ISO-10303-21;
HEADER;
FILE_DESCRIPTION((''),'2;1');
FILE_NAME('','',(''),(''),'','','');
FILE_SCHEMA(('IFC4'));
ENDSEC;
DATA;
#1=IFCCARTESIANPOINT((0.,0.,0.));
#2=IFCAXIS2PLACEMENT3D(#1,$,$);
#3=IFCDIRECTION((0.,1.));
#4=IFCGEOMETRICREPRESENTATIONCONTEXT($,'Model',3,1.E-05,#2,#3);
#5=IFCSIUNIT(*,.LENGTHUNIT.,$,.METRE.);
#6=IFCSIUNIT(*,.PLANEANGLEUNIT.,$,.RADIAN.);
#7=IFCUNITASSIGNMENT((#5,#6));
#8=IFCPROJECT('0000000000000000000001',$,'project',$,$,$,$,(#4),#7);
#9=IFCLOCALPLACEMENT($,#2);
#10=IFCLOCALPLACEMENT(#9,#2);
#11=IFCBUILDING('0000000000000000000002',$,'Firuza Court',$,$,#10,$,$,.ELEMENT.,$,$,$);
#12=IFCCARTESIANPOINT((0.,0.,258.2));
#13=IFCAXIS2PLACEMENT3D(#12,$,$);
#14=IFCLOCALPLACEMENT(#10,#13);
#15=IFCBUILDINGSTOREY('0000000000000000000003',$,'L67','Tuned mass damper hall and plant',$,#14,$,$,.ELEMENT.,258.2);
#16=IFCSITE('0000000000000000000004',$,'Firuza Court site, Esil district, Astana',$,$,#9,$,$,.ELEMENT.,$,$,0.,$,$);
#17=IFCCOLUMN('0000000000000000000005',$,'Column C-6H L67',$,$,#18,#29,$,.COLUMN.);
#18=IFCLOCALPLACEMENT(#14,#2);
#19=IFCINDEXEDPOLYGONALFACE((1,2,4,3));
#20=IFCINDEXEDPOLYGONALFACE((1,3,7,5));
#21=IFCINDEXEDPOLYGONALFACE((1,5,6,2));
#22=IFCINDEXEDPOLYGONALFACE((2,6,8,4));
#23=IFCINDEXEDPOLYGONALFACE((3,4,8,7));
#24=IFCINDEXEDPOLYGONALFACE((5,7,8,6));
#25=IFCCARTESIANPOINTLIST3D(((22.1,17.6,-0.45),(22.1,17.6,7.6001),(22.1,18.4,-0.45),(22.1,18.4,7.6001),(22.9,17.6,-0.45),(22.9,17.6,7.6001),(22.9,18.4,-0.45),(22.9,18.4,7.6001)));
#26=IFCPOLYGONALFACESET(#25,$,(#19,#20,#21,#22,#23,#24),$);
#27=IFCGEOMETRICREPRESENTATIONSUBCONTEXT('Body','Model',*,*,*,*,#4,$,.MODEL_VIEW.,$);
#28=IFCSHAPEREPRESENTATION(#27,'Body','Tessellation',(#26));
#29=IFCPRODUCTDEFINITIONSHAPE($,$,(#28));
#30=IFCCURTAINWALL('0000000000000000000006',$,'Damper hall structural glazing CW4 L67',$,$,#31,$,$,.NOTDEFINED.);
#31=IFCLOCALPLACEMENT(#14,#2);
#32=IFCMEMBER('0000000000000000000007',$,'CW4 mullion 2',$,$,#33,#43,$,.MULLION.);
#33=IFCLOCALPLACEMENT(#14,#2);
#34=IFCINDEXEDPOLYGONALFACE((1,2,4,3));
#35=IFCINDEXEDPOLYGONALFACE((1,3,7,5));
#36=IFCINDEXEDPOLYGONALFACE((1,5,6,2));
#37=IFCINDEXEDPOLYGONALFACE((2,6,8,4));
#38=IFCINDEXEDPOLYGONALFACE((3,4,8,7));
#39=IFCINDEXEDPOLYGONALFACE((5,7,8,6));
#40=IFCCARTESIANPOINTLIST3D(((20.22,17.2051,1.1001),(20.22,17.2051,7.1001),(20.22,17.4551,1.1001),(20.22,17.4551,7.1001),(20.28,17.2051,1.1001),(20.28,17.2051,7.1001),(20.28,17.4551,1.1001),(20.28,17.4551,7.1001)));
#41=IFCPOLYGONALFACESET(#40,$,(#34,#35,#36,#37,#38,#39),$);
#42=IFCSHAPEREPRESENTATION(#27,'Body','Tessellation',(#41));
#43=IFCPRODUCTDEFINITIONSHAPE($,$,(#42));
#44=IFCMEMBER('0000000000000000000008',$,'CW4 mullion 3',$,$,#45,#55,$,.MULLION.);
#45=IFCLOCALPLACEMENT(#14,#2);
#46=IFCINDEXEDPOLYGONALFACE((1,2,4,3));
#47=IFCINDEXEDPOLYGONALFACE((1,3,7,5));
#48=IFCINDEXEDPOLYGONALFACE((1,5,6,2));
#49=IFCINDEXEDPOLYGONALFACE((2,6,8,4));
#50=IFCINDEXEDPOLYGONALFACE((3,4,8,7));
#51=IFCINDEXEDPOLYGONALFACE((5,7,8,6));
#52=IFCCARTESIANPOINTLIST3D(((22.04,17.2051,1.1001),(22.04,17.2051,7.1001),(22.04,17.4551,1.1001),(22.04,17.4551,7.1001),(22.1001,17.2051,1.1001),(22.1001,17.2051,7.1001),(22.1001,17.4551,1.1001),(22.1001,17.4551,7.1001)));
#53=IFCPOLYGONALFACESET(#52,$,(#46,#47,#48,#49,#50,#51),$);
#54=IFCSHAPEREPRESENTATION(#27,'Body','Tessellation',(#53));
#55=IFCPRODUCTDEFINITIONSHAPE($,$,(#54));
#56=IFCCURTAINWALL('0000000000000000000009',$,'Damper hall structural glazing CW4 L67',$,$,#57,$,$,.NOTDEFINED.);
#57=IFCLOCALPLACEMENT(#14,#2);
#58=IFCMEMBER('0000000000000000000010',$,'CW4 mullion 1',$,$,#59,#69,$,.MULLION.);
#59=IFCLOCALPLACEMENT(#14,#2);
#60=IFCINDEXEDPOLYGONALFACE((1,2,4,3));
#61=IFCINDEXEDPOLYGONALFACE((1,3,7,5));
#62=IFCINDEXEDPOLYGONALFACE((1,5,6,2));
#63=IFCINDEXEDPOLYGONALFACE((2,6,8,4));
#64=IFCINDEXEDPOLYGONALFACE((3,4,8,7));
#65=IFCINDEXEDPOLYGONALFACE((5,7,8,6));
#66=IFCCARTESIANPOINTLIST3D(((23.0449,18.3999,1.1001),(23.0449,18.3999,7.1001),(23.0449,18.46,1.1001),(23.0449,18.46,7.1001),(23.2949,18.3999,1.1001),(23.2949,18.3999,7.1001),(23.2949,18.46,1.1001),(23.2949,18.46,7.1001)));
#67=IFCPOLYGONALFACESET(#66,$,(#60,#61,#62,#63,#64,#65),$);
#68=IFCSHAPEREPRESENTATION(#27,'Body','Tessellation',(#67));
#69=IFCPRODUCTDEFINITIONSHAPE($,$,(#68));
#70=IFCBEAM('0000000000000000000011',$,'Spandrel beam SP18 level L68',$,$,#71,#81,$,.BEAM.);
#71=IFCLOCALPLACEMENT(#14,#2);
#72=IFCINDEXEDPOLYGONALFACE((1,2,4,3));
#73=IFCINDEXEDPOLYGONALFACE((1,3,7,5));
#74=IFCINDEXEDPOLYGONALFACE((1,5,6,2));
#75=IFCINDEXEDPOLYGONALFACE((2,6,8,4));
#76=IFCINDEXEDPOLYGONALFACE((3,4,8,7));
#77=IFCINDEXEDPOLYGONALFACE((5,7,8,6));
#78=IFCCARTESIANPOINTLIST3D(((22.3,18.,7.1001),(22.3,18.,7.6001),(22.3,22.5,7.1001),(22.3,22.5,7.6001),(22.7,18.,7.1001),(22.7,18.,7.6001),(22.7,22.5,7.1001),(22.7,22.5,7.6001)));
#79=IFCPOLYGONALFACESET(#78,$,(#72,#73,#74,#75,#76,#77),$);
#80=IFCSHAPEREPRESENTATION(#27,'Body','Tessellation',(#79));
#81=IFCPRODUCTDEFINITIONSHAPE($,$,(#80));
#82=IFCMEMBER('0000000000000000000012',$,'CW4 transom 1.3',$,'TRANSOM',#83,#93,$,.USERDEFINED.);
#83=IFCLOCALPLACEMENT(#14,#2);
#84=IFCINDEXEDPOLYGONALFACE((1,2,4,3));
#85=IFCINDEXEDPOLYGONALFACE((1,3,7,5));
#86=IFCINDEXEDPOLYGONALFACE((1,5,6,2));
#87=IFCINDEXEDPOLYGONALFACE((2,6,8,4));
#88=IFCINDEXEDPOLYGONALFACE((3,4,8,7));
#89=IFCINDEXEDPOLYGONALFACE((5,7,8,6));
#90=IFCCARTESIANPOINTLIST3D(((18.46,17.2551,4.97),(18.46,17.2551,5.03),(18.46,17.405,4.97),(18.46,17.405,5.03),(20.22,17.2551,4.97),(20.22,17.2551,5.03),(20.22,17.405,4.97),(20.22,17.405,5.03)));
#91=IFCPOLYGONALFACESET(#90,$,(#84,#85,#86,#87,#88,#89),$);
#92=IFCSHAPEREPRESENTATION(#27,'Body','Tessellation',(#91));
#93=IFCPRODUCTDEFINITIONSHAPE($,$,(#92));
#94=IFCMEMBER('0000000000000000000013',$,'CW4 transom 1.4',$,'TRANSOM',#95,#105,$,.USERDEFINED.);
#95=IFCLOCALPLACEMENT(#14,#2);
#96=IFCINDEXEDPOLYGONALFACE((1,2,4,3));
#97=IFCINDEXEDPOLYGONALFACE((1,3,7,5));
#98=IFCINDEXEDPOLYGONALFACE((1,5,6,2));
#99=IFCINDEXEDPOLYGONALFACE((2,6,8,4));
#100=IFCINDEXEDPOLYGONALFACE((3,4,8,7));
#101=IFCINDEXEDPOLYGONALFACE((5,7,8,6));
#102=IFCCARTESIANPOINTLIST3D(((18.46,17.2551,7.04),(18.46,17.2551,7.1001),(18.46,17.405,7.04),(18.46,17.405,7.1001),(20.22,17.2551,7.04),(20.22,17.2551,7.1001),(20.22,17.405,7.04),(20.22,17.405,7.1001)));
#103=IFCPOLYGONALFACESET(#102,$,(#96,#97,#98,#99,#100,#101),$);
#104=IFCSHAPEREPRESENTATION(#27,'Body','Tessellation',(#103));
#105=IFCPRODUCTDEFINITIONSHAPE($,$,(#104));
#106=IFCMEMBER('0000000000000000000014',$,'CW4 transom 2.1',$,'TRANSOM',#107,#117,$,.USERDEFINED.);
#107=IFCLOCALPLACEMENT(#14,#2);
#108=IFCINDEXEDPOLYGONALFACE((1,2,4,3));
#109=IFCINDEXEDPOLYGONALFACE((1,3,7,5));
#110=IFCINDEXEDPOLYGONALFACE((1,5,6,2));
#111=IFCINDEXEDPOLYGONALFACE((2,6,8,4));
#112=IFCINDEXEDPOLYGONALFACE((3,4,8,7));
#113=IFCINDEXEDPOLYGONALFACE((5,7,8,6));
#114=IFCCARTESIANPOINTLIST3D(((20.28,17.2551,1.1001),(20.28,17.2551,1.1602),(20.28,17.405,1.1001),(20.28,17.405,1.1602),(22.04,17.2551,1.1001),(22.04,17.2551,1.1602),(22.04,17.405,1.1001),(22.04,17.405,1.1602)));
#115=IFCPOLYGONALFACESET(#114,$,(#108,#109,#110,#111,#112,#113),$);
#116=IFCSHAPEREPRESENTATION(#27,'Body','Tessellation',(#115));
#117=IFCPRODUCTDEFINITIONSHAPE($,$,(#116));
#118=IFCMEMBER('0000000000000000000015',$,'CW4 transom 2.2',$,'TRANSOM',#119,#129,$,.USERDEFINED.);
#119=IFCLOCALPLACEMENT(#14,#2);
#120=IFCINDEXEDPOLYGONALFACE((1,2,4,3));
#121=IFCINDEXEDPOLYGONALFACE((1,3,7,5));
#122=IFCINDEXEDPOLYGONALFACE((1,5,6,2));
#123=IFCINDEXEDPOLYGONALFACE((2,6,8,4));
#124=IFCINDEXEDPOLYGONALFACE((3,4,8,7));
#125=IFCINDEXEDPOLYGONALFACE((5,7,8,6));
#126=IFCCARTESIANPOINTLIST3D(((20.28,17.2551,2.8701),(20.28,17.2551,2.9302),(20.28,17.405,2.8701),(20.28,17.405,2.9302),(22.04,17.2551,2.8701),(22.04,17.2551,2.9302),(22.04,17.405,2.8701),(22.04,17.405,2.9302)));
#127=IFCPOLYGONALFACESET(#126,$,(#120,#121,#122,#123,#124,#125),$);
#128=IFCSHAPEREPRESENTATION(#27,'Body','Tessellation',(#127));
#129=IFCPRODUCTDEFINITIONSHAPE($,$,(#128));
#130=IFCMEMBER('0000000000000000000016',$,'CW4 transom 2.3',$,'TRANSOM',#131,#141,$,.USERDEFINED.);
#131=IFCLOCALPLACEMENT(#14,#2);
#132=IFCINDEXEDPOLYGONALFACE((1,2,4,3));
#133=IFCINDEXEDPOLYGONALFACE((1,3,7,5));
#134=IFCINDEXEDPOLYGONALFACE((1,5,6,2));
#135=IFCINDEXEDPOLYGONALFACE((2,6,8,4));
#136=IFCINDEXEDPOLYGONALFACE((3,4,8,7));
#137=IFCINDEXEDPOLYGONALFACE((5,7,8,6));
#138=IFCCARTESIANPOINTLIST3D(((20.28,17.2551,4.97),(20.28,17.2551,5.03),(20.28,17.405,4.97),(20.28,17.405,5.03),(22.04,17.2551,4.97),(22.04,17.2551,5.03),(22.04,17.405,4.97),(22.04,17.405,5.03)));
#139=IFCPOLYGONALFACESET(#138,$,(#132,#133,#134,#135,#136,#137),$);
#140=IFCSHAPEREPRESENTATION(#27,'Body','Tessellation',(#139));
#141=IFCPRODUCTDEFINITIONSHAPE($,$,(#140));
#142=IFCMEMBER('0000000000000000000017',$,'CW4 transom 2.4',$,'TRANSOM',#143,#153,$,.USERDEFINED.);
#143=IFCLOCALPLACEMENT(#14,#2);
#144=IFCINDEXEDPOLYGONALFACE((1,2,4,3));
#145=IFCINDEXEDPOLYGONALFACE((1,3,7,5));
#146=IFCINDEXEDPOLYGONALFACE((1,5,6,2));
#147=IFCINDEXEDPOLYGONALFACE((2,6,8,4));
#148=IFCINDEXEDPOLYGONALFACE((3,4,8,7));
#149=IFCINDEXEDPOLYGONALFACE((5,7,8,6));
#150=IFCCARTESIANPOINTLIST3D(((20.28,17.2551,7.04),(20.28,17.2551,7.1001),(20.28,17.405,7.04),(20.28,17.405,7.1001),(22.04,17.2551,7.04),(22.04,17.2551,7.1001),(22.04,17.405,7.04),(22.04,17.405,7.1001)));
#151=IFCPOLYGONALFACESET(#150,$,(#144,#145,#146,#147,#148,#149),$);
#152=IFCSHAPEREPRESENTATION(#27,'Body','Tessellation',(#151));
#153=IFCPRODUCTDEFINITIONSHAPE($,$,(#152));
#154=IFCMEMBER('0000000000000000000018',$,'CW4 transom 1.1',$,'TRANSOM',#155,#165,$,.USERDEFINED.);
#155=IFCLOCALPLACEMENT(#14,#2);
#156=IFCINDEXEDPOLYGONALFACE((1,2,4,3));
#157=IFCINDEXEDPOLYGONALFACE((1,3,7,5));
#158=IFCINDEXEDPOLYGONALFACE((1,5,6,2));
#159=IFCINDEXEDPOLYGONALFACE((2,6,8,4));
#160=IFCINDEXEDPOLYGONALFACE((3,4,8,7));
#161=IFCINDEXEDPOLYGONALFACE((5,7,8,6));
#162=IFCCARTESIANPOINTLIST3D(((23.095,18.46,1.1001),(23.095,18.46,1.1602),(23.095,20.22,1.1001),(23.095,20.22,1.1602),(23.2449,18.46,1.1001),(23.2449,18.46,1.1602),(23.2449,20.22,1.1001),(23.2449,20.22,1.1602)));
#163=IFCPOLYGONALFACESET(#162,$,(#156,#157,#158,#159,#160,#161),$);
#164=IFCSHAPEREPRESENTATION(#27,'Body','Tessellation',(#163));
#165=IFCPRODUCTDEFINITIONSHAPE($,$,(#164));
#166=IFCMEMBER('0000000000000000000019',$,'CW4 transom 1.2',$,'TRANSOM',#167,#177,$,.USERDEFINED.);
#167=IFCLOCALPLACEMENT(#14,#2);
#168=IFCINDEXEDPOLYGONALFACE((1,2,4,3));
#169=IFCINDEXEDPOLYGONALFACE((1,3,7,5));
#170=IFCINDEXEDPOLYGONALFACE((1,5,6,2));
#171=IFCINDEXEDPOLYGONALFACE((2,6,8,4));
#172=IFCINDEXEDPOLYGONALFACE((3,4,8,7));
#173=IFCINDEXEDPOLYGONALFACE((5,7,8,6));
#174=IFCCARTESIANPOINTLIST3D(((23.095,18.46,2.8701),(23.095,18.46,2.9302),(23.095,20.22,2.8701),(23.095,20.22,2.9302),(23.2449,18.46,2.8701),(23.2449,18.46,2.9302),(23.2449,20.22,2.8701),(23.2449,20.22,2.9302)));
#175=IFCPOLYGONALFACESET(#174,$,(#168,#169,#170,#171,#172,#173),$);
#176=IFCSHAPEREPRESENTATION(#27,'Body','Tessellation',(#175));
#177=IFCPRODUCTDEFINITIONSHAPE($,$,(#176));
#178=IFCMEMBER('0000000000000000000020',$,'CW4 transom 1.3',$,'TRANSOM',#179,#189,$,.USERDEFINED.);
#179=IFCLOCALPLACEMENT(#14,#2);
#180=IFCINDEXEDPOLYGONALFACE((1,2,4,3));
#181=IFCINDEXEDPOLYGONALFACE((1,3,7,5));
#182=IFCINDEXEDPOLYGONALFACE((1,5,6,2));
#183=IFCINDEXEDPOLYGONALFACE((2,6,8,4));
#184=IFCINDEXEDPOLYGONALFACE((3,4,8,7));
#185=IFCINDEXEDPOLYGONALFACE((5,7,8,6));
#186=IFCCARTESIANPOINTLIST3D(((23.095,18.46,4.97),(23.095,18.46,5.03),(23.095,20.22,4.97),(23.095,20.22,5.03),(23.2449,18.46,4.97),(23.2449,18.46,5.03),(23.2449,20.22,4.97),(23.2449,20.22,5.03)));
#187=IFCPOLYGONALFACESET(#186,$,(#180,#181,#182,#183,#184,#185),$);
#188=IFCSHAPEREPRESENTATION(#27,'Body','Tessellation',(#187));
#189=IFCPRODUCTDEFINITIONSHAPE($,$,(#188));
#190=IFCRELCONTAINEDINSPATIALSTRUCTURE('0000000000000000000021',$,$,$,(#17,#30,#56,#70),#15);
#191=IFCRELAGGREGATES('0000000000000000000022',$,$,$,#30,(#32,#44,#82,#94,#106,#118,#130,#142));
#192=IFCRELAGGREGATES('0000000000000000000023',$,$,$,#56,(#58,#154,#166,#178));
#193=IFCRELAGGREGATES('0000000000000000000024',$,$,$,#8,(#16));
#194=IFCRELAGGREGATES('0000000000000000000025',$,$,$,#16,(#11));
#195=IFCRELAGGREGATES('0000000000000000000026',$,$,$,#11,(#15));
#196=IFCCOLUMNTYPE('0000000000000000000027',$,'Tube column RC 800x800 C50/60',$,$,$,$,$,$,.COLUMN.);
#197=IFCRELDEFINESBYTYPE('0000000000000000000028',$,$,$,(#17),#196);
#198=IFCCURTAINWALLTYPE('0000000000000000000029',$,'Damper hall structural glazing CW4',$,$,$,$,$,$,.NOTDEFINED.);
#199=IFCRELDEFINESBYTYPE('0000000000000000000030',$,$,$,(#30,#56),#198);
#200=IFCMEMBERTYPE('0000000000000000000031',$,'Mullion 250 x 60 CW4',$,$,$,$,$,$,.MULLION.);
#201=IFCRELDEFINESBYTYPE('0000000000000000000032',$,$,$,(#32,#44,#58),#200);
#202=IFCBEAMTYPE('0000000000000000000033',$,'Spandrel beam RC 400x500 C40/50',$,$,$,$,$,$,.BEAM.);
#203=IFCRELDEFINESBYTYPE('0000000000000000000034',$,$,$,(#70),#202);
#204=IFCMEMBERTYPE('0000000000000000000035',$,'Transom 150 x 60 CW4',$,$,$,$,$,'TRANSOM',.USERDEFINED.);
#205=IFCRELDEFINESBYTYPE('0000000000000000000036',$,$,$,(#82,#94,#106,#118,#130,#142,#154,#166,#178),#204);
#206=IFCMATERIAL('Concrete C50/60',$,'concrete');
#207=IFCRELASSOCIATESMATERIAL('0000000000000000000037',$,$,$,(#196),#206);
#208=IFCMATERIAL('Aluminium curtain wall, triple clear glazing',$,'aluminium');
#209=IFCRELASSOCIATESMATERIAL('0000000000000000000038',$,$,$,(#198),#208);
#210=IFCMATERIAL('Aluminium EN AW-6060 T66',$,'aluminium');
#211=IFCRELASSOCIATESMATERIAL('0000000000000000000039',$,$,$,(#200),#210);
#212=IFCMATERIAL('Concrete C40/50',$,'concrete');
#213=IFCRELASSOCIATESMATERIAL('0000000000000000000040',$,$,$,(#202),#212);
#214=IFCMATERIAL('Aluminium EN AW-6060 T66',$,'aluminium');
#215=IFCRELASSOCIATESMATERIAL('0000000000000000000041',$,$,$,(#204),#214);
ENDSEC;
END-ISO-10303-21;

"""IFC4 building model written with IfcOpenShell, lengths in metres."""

from ifc_helpers import new_model, si_unit, direction, frame, origin, origin_2d, place, context, subcontext, project, spatial, rectangle, extrude, material, material_profile, profile_set, type_object, element, aggregate, save


model = new_model("IFC4")

# Units and contexts
model_context = context("Model", 3, precision=1e-05, world=origin(), true_north=direction((0.0, 1.0)))
body_context = subcontext(model_context, "Body", "Model", "MODEL_VIEW")
ifc_project = project(units=[si_unit("LENGTHUNIT", "METRE"), si_unit("PLANEANGLEUNIT", "RADIAN")], contexts=[model_context])

# Site, building, storey
site_placement = place(None, origin())
site = spatial("IfcSite", under=ifc_project, at=site_placement, Name="Firuza Court site, Esil district, Astana", CompositionType="ELEMENT", RefElevation=0.0)
building_placement = place(site_placement, origin())
building = spatial("IfcBuilding", under=site, at=building_placement, Name="Firuza Court", CompositionType="ELEMENT")
storey_placement = place(building_placement, frame((0.0, 0.0, 258.2)))
storey = spatial("IfcBuildingStorey", under=building, at=storey_placement, Name="L67", Description="Tuned mass damper hall and plant", CompositionType="ELEMENT", Elevation=258.2)

# Column
ifc_material_1 = material(Name="Concrete C50/60", Category="concrete")
ifc_material_profile_1 = material_profile(ifc_material_1, rectangle(XDim=0.8, YDim=0.8, at=origin_2d()), Name="RC 800x800")
ifc_profile_set_1 = profile_set([ifc_material_profile_1], Name="Concrete C50/60")
column_type = type_object("IfcColumnType", Name="Tube column RC 800x800 C50/60", PredefinedType="COLUMN", material=ifc_profile_set_1)
column_placement = place(storey_placement, frame((22.5, 18.0, -0.45), z_axis=(0.0, 0.0, 1.0), x_axis=(1.0, 0.0, 0.0)))
element("IfcColumn", 1, at=column_placement, inside=storey, type_object=column_type, Name="Column C-6H L67", PredefinedType="COLUMN", context=body_context, shape_type="SweptSolid", body=[
    extrude(rectangle(XDim=0.8, YDim=0.8, at=origin_2d()), origin(), (0.0, 0.0, 1.0), 8.05),
])

# Curtain wall, members
ifc_material_2 = material(Name="Aluminium curtain wall, triple clear glazing", Category="aluminium")
curtain_wall_type = type_object("IfcCurtainWallType", Name="Damper hall structural glazing CW4", PredefinedType="NOTDEFINED", material=ifc_material_2)
curtain_wall_1_placement = place(storey_placement, origin())
curtain_wall_1 = element("IfcCurtainWall", 2, at=curtain_wall_1_placement, inside=storey, type_object=curtain_wall_type, Name="Damper hall structural glazing CW4 L67", PredefinedType="NOTDEFINED")
ifc_material_3 = material(Name="Aluminium EN AW-6060 T66", Category="aluminium")
ifc_material_profile_2 = material_profile(ifc_material_3, rectangle(XDim=0.25, YDim=0.0601, at=origin_2d()), Name="Mullion 250 x 60 CW4")
ifc_profile_set_2 = profile_set([ifc_material_profile_2], Name="Aluminium EN AW-6060 T66")
member_type_1 = type_object("IfcMemberType", Name="Mullion 250 x 60 CW4", PredefinedType="MULLION", material=ifc_profile_set_2)
member_1_placement = place(storey_placement, frame((20.25, 17.3301, 1.1001), z_axis=(0.0, 0.0, 1.0), x_axis=(0.0, 1.0, 0.0)))
member_1 = element("IfcMember", 3, at=member_1_placement, type_object=member_type_1, Name="CW4 mullion 2", PredefinedType="MULLION", context=body_context, shape_type="SweptSolid", body=[
    extrude(rectangle(XDim=0.25, YDim=0.0601, at=origin_2d()), origin(), (0.0, 0.0, 1.0), 6.0),
])
member_2_placement = place(storey_placement, frame((22.0701, 17.3301, 1.1001), z_axis=(0.0, 0.0, 1.0), x_axis=(0.0, 1.0, 0.0)))
member_2 = element("IfcMember", 4, at=member_2_placement, type_object=member_type_1, Name="CW4 mullion 3", PredefinedType="MULLION", context=body_context, shape_type="SweptSolid", body=[
    extrude(rectangle(XDim=0.25, YDim=0.0601, at=origin_2d()), origin(), (0.0, 0.0, 1.0), 6.0),
])

# Curtain wall, member
curtain_wall_2_placement = place(storey_placement, origin())
curtain_wall_2 = element("IfcCurtainWall", 5, at=curtain_wall_2_placement, inside=storey, type_object=curtain_wall_type, Name="Damper hall structural glazing CW4 L67", PredefinedType="NOTDEFINED")
member_3_placement = place(storey_placement, frame((23.1699, 18.4299, 1.1001), z_axis=(0.0, 0.0, 1.0), x_axis=(-1.0, 0.0, 0.0)))
member_3 = element("IfcMember", 6, at=member_3_placement, type_object=member_type_1, Name="CW4 mullion 1", PredefinedType="MULLION", context=body_context, shape_type="SweptSolid", body=[
    extrude(rectangle(XDim=0.25, YDim=0.0601, at=origin_2d()), origin(), (0.0, 0.0, 1.0), 6.0),
])

# Beam
ifc_material_4 = material(Name="Concrete C40/50", Category="concrete")
ifc_material_profile_3 = material_profile(ifc_material_4, rectangle(XDim=0.3999, YDim=0.5, at=origin_2d()), Name="RC 400x500")
ifc_profile_set_3 = profile_set([ifc_material_profile_3], Name="Concrete C40/50")
beam_type = type_object("IfcBeamType", Name="Spandrel beam RC 400x500 C40/50", PredefinedType="BEAM", material=ifc_profile_set_3)
beam_placement = place(storey_placement, frame((22.5, 18.0, 7.3501), z_axis=(0.0, 1.0, 0.0), x_axis=(-1.0, 0.0, 0.0)))
element("IfcBeam", 7, at=beam_placement, inside=storey, type_object=beam_type, Name="Spandrel beam SP18 level L68", PredefinedType="BEAM", context=body_context, shape_type="SweptSolid", body=[
    extrude(rectangle(XDim=0.3999, YDim=0.5, at=origin_2d()), origin(), (0.0, 0.0, 1.0), 4.5),
])

# Members
ifc_material_5 = material(Name="Aluminium EN AW-6060 T66", Category="aluminium")
ifc_material_profile_4 = material_profile(ifc_material_5, rectangle(XDim=0.1499, YDim=0.0601, at=origin_2d()), Name="Transom 150 x 60 CW4")
ifc_profile_set_4 = profile_set([ifc_material_profile_4], Name="Aluminium EN AW-6060 T66")
member_type_2 = type_object("IfcMemberType", Name="Transom 150 x 60 CW4", ElementType="TRANSOM", PredefinedType="USERDEFINED", material=ifc_profile_set_4)
member_4_placement = place(storey_placement, frame((18.46, 17.3301, 5.0), z_axis=(1.0, 0.0, 0.0), x_axis=(0.0, 1.0, 0.0)))
member_4 = element("IfcMember", 8, at=member_4_placement, type_object=member_type_2, Name="CW4 transom 1.3", ObjectType="TRANSOM", PredefinedType="USERDEFINED", context=body_context, shape_type="SweptSolid", body=[
    extrude(rectangle(XDim=0.1499, YDim=0.0601, at=origin_2d()), origin(), (0.0, 0.0, 1.0), 1.76),
])
member_5_placement = place(storey_placement, frame((18.46, 17.3301, 7.0701), z_axis=(1.0, 0.0, 0.0), x_axis=(0.0, 1.0, 0.0)))
member_5 = element("IfcMember", 9, at=member_5_placement, type_object=member_type_2, Name="CW4 transom 1.4", ObjectType="TRANSOM", PredefinedType="USERDEFINED", context=body_context, shape_type="SweptSolid", body=[
    extrude(rectangle(XDim=0.1499, YDim=0.0601, at=origin_2d()), origin(), (0.0, 0.0, 1.0), 1.76),
])
member_6_placement = place(storey_placement, frame((20.28, 17.3301, 1.1301), z_axis=(1.0, 0.0, 0.0), x_axis=(0.0, 1.0, 0.0)))
member_6 = element("IfcMember", 10, at=member_6_placement, type_object=member_type_2, Name="CW4 transom 2.1", ObjectType="TRANSOM", PredefinedType="USERDEFINED", context=body_context, shape_type="SweptSolid", body=[
    extrude(rectangle(XDim=0.1499, YDim=0.0601, at=origin_2d()), origin(), (0.0, 0.0, 1.0), 1.76),
])
member_7_placement = place(storey_placement, frame((20.28, 17.3301, 2.9001), z_axis=(1.0, 0.0, 0.0), x_axis=(0.0, 1.0, 0.0)))
member_7 = element("IfcMember", 11, at=member_7_placement, type_object=member_type_2, Name="CW4 transom 2.2", ObjectType="TRANSOM", PredefinedType="USERDEFINED", context=body_context, shape_type="SweptSolid", body=[
    extrude(rectangle(XDim=0.1499, YDim=0.0601, at=origin_2d()), origin(), (0.0, 0.0, 1.0), 1.76),
])
member_8_placement = place(storey_placement, frame((20.28, 17.3301, 5.0), z_axis=(1.0, 0.0, 0.0), x_axis=(0.0, 1.0, 0.0)))
member_8 = element("IfcMember", 12, at=member_8_placement, type_object=member_type_2, Name="CW4 transom 2.3", ObjectType="TRANSOM", PredefinedType="USERDEFINED", context=body_context, shape_type="SweptSolid", body=[
    extrude(rectangle(XDim=0.1499, YDim=0.0601, at=origin_2d()), origin(), (0.0, 0.0, 1.0), 1.76),
])
member_9_placement = place(storey_placement, frame((20.28, 17.3301, 7.0701), z_axis=(1.0, 0.0, 0.0), x_axis=(0.0, 1.0, 0.0)))
member_9 = element("IfcMember", 13, at=member_9_placement, type_object=member_type_2, Name="CW4 transom 2.4", ObjectType="TRANSOM", PredefinedType="USERDEFINED", context=body_context, shape_type="SweptSolid", body=[
    extrude(rectangle(XDim=0.1499, YDim=0.0601, at=origin_2d()), origin(), (0.0, 0.0, 1.0), 1.76),
])
member_10_placement = place(storey_placement, frame((23.1699, 18.46, 1.1301), z_axis=(0.0, 1.0, 0.0), x_axis=(-1.0, 0.0, 0.0)))
member_10 = element("IfcMember", 14, at=member_10_placement, type_object=member_type_2, Name="CW4 transom 1.1", ObjectType="TRANSOM", PredefinedType="USERDEFINED", context=body_context, shape_type="SweptSolid", body=[
    extrude(rectangle(XDim=0.1499, YDim=0.0601, at=origin_2d()), origin(), (0.0, 0.0, 1.0), 1.76),
])
member_11_placement = place(storey_placement, frame((23.1699, 18.46, 2.9001), z_axis=(0.0, 1.0, 0.0), x_axis=(-1.0, 0.0, 0.0)))
member_11 = element("IfcMember", 15, at=member_11_placement, type_object=member_type_2, Name="CW4 transom 1.2", ObjectType="TRANSOM", PredefinedType="USERDEFINED", context=body_context, shape_type="SweptSolid", body=[
    extrude(rectangle(XDim=0.1499, YDim=0.0601, at=origin_2d()), origin(), (0.0, 0.0, 1.0), 1.76),
])
member_12_placement = place(storey_placement, frame((23.1699, 18.46, 5.0), z_axis=(0.0, 1.0, 0.0), x_axis=(-1.0, 0.0, 0.0)))
member_12 = element("IfcMember", 16, at=member_12_placement, type_object=member_type_2, Name="CW4 transom 1.3", ObjectType="TRANSOM", PredefinedType="USERDEFINED", context=body_context, shape_type="SweptSolid", body=[
    extrude(rectangle(XDim=0.1499, YDim=0.0601, at=origin_2d()), origin(), (0.0, 0.0, 1.0), 1.76),
])

aggregate(curtain_wall_1, [member_1, member_2, member_4, member_5, member_6, member_7, member_8, member_9])
aggregate(curtain_wall_2, [member_3, member_10, member_11, member_12])

save(model, "model.ifc")
